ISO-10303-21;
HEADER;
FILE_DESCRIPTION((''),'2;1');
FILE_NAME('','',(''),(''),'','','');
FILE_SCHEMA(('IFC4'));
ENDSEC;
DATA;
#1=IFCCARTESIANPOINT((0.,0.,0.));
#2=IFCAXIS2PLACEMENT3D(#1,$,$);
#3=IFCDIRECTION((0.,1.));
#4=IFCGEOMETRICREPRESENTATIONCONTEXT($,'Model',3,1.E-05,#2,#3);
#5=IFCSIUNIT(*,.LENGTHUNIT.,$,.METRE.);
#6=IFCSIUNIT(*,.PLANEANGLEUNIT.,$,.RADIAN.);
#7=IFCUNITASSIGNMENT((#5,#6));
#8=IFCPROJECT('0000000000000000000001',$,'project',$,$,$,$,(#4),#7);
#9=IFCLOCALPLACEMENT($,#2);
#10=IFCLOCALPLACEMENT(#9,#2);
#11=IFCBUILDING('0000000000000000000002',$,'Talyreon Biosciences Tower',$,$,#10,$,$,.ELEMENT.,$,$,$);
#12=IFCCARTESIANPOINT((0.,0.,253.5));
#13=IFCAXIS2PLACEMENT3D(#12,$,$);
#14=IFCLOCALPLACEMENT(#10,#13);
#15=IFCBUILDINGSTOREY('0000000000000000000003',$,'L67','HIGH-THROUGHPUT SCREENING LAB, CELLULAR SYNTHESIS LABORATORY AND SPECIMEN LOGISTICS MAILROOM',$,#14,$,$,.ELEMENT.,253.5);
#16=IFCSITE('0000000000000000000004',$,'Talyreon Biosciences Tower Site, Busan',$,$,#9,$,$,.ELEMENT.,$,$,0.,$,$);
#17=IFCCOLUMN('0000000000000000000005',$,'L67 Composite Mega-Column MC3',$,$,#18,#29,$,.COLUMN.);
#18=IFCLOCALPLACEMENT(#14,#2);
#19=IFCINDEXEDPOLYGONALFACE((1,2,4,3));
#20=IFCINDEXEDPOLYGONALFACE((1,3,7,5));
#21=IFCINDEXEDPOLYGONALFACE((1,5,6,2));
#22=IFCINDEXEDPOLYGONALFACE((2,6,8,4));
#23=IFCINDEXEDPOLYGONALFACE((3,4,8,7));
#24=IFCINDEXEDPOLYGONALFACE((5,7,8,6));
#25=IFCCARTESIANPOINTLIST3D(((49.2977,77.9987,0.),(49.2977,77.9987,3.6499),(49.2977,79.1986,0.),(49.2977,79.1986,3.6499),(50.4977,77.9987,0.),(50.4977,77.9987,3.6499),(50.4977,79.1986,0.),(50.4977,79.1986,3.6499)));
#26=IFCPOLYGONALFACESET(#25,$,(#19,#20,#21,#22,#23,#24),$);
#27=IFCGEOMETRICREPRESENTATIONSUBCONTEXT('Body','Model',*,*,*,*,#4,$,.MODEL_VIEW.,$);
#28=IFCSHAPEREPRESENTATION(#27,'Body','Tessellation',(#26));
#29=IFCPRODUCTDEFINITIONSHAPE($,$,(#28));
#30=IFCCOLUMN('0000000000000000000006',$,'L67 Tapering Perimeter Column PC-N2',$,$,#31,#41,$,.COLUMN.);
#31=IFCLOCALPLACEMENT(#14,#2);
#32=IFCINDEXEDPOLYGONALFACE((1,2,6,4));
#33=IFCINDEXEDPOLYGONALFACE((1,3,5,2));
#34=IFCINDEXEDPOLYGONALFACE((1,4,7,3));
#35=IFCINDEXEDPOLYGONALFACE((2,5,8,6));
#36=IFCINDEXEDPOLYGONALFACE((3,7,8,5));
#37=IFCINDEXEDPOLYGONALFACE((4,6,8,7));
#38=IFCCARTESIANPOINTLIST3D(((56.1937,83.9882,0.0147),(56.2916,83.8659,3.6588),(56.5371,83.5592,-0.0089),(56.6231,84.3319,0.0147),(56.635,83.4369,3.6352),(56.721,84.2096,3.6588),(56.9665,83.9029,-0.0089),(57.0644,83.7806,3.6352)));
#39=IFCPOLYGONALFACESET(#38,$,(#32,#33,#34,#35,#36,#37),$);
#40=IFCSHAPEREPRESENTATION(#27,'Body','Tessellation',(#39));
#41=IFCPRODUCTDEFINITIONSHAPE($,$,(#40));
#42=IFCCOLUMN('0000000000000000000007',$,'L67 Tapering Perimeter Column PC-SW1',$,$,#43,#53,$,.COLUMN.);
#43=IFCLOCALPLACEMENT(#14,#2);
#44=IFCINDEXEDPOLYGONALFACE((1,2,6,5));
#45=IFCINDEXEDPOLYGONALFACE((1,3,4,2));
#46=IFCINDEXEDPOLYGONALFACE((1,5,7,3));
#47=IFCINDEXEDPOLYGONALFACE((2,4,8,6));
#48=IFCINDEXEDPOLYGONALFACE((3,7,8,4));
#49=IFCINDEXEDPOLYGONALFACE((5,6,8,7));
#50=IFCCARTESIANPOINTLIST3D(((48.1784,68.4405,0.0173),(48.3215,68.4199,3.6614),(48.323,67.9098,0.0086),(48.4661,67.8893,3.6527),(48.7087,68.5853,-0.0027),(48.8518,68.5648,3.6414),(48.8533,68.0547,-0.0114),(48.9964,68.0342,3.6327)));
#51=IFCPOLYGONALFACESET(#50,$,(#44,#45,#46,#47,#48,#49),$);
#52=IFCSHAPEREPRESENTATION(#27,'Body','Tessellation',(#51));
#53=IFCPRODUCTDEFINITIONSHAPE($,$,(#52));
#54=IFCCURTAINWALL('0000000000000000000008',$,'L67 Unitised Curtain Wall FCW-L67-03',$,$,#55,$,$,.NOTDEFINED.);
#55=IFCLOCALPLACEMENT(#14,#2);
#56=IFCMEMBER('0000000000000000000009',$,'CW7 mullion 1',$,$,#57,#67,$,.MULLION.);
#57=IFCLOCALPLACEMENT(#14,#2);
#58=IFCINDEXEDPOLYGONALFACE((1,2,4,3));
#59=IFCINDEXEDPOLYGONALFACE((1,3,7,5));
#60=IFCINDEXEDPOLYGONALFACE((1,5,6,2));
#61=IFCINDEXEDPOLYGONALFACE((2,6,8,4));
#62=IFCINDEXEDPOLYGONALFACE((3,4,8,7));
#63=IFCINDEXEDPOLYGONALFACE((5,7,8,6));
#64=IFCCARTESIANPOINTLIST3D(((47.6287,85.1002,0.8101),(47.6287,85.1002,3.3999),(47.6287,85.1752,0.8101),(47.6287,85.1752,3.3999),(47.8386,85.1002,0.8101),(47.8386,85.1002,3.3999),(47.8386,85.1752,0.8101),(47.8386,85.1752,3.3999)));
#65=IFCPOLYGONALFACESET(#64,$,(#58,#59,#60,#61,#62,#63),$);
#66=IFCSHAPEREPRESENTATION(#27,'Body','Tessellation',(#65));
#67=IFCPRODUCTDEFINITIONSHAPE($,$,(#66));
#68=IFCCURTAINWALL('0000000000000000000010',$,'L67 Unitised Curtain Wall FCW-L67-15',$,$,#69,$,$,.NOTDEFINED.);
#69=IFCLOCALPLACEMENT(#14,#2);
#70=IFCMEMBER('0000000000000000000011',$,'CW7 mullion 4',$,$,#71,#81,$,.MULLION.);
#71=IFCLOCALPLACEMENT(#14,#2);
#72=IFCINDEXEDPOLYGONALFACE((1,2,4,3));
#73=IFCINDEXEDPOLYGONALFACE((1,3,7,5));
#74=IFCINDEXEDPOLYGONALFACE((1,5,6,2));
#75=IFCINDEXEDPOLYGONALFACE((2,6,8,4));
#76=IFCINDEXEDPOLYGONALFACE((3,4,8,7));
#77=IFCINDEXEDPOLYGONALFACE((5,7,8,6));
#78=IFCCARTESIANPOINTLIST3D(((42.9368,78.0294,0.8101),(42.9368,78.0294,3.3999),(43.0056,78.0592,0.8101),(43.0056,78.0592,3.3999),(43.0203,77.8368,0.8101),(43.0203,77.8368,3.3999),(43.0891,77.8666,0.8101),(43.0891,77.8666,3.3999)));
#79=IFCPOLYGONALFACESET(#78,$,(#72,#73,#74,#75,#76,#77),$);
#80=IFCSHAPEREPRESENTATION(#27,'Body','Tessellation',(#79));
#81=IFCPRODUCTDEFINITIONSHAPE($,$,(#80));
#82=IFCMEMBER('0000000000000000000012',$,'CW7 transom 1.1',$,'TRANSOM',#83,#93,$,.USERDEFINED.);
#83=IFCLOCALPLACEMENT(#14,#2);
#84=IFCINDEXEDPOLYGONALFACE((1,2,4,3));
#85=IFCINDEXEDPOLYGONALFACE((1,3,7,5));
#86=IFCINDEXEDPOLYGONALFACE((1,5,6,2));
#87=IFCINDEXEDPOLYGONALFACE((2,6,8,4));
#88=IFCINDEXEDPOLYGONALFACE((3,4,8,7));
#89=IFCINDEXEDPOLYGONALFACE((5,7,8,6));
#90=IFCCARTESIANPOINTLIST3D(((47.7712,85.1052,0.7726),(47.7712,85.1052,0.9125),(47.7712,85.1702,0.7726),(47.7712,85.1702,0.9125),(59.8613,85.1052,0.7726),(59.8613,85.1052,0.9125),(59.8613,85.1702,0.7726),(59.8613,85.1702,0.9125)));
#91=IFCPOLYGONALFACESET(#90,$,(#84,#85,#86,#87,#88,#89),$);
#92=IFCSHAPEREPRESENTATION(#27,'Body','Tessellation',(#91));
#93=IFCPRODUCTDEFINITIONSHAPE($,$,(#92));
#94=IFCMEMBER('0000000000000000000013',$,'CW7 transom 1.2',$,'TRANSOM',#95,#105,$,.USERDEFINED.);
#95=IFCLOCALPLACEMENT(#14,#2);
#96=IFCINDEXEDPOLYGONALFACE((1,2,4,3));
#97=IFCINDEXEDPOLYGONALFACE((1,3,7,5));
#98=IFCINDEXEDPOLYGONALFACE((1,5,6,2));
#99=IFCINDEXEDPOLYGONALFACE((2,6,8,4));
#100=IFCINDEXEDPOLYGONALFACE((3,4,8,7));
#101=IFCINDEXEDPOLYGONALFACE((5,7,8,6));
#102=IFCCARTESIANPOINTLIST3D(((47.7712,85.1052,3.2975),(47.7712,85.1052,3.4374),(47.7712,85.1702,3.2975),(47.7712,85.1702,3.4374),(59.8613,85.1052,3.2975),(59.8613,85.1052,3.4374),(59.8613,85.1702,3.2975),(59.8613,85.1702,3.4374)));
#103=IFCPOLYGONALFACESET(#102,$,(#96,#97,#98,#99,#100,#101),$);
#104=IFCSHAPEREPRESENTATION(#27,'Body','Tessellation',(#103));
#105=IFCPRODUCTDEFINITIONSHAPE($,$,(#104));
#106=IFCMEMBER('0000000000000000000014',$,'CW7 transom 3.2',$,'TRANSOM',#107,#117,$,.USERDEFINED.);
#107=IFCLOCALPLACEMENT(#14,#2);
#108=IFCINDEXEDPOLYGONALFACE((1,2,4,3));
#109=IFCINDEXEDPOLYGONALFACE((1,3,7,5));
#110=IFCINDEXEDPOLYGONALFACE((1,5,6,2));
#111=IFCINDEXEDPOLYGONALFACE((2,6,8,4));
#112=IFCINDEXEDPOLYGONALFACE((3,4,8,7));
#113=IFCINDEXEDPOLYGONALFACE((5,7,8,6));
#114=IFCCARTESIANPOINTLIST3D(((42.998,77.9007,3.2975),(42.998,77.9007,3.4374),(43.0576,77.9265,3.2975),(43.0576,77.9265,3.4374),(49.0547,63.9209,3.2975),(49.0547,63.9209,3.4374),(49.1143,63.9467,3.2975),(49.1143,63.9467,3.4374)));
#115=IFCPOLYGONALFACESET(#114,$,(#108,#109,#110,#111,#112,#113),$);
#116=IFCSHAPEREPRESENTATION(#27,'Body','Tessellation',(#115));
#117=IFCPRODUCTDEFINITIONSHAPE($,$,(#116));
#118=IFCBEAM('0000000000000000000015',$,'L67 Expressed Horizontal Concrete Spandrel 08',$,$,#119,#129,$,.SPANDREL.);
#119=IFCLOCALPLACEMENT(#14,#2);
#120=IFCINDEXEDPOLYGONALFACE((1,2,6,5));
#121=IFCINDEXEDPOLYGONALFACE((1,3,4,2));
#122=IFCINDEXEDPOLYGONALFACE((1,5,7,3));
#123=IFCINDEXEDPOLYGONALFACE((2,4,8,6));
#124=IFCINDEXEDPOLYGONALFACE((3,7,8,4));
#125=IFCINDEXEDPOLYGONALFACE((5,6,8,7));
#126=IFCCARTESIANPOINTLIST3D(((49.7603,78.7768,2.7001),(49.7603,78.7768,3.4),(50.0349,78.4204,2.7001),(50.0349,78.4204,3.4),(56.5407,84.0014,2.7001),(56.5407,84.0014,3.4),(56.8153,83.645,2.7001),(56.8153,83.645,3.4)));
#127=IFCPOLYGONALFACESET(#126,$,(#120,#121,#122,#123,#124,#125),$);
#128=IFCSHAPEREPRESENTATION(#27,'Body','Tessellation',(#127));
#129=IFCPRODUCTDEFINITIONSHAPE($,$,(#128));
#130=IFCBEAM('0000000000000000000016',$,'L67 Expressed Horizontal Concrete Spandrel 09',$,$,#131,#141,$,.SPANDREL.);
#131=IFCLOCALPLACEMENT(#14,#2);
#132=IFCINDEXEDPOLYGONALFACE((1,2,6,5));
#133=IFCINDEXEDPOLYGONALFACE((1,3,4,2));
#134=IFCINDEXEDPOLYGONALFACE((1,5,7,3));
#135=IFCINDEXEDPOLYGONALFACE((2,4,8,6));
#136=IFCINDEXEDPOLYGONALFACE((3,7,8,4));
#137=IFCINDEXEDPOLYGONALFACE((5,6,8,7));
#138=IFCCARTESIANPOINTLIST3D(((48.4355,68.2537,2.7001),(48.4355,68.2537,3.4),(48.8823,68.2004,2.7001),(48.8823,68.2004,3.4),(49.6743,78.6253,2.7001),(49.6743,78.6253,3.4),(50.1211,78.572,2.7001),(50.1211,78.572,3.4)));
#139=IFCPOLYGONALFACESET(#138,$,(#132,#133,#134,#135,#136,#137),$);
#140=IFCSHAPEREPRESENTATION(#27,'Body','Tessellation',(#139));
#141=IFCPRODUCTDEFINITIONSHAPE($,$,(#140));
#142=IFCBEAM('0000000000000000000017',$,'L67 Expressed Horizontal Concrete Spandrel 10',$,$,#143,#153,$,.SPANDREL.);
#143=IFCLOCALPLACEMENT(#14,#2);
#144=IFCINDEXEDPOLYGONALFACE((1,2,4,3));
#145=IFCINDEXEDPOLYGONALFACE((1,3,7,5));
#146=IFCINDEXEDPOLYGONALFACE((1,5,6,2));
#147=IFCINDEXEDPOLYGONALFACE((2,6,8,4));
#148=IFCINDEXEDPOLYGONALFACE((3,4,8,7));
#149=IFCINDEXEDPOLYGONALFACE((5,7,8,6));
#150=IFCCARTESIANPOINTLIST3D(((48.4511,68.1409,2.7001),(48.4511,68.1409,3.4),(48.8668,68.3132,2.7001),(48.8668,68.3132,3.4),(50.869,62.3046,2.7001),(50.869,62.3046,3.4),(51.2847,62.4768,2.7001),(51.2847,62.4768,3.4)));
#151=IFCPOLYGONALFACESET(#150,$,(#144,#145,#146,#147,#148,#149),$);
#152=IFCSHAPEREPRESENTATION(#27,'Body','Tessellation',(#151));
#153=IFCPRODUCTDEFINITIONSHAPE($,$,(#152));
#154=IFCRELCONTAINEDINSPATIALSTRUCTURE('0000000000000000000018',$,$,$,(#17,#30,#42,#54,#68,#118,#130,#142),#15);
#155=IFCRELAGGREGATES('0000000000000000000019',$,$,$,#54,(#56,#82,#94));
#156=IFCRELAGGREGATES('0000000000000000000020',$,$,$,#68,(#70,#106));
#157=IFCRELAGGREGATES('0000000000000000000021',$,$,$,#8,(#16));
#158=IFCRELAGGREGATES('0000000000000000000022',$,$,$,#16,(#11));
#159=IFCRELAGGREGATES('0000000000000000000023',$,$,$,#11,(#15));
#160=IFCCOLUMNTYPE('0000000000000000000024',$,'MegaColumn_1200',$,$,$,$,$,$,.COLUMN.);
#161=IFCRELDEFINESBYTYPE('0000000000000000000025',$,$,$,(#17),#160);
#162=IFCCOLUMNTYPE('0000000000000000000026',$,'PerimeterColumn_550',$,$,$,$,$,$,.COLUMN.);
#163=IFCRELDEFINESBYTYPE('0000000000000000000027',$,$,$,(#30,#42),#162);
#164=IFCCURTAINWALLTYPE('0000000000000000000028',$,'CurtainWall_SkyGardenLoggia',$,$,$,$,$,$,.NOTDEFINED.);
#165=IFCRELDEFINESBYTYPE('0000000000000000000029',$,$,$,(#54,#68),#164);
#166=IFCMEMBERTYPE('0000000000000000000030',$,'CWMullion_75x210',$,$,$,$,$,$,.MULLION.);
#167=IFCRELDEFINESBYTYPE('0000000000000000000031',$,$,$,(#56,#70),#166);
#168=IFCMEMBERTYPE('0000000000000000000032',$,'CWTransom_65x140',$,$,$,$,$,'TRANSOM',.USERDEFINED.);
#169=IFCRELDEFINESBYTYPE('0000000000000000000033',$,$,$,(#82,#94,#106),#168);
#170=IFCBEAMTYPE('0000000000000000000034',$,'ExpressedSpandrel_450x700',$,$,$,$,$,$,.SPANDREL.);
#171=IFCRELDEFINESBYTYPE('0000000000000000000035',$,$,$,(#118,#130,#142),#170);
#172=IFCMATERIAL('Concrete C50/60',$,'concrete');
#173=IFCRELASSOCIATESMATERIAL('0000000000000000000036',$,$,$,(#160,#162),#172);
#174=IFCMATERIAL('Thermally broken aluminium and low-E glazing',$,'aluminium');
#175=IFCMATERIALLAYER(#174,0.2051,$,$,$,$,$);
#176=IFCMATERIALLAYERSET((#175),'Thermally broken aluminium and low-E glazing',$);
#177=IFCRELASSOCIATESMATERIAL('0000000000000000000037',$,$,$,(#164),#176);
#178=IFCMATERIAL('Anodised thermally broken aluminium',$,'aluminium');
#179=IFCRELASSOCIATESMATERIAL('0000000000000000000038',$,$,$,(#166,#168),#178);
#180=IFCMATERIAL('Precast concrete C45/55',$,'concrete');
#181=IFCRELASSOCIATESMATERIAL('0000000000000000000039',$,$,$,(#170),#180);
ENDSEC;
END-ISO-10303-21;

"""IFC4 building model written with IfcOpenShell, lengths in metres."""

from ifc_helpers import new_model, si_unit, direction, frame, origin, origin_2d, place, context, subcontext, project, spatial, rectangle, extrude, material, layer, layer_set, material_profile, profile_set, type_object, element, aggregate, save


model = new_model("IFC4")

# Units and contexts
model_context = context("Model", 3, precision=1e-05, world=origin(), true_north=direction((0.0, 1.0)))
body_context = subcontext(model_context, "Body", "Model", "MODEL_VIEW")
ifc_project = project(units=[si_unit("LENGTHUNIT", "METRE"), si_unit("PLANEANGLEUNIT", "RADIAN")], contexts=[model_context])

# Site, building, storey
site_placement = place(None, origin())
site = spatial("IfcSite", under=ifc_project, at=site_placement, Name="Talyreon Biosciences Tower Site, Busan", CompositionType="ELEMENT", RefElevation=0.0)
building_placement = place(site_placement, origin())
building = spatial("IfcBuilding", under=site, at=building_placement, Name="Talyreon Biosciences Tower", CompositionType="ELEMENT")
storey_placement = place(building_placement, frame((0.0, 0.0, 253.5)))
storey = spatial("IfcBuildingStorey", under=building, at=storey_placement, Name="L67", Description="HIGH-THROUGHPUT SCREENING LAB, CELLULAR SYNTHESIS LABORATORY AND SPECIMEN LOGISTICS MAILROOM", CompositionType="ELEMENT", Elevation=253.5)

# Columns
ifc_material_1 = material(Name="Concrete C50/60", Category="concrete")
ifc_material_profile_1 = material_profile(ifc_material_1, rectangle(XDim=1.2, YDim=1.2, at=origin_2d()), Name="RC 1200x1200")
ifc_profile_set_1 = profile_set([ifc_material_profile_1], Name="Concrete C50/60")
column_type_1 = type_object("IfcColumnType", Name="MegaColumn_1200", PredefinedType="COLUMN", material=ifc_profile_set_1)
column_1_placement = place(storey_placement, frame((49.8977, 78.5986, 0.0), z_axis=(0.0, 0.0, 1.0), x_axis=(1.0, 0.0, 0.0)))
element("IfcColumn", 1, at=column_1_placement, inside=storey, type_object=column_type_1, Name="L67 Composite Mega-Column MC3", PredefinedType="COLUMN", context=body_context, shape_type="SweptSolid", body=[
    extrude(rectangle(XDim=1.2, YDim=1.2, at=origin_2d()), origin(), (0.0, 0.0, 1.0), 3.6499),
])
ifc_material_profile_2 = material_profile(ifc_material_1, rectangle(XDim=0.55, YDim=0.55, at=origin_2d()), Name="RC 550x550")
ifc_profile_set_2 = profile_set([ifc_material_profile_2], Name="Concrete C50/60")
column_type_2 = type_object("IfcColumnType", Name="PerimeterColumn_550", PredefinedType="COLUMN", material=ifc_profile_set_2)
column_2_placement = place(storey_placement, frame((56.5801, 83.9456, 0.0029), z_axis=(0.026841, -0.033535, 0.999077), x_axis=(-0.780717, -0.624885, 0.0)))
element("IfcColumn", 2, at=column_2_placement, inside=storey, type_object=column_type_2, Name="L67 Tapering Perimeter Column PC-N2", PredefinedType="COLUMN", context=body_context, shape_type="SweptSolid", body=[
    extrude(rectangle(XDim=0.55, YDim=0.55, at=origin_2d()), origin(), (0.0, 0.0, 1.0), 3.6475),
])
column_3_placement = place(storey_placement, frame((48.5159, 68.2476, 0.0029), z_axis=(0.03923, -0.005623, 0.999214), x_axis=(0.964025, 0.263311, -0.036366)))
element("IfcColumn", 3, at=column_3_placement, inside=storey, type_object=column_type_2, Name="L67 Tapering Perimeter Column PC-SW1", PredefinedType="COLUMN", context=body_context, shape_type="SweptSolid", body=[
    extrude(rectangle(XDim=0.55, YDim=0.55, at=origin_2d()), origin(), (0.0, 0.0, 1.0), 3.647),
])

# Curtain walls, members
ifc_material_2 = material(Name="Thermally broken aluminium and low-E glazing", Category="aluminium")
ifc_layer_1 = layer(ifc_material_2, 0.2051)
ifc_layer_set_1 = layer_set([ifc_layer_1], Name="Thermally broken aluminium and low-E glazing")
curtain_wall_type = type_object("IfcCurtainWallType", Name="CurtainWall_SkyGardenLoggia", PredefinedType="NOTDEFINED", material=ifc_layer_set_1)
curtain_wall_1_placement = place(storey_placement, origin())
curtain_wall_1 = element("IfcCurtainWall", 4, at=curtain_wall_1_placement, inside=storey, type_object=curtain_wall_type, Name="L67 Unitised Curtain Wall FCW-L67-03", PredefinedType="NOTDEFINED")
ifc_material_3 = material(Name="Anodised thermally broken aluminium", Category="aluminium")
ifc_material_profile_3 = material_profile(ifc_material_3, rectangle(XDim=0.075, YDim=0.21, at=origin_2d()), Name="ALUM MULLION 75x210")
ifc_profile_set_3 = profile_set([ifc_material_profile_3], Name="Anodised thermally broken aluminium")
member_type_1 = type_object("IfcMemberType", Name="CWMullion_75x210", PredefinedType="MULLION", material=ifc_profile_set_3)
member_1_placement = place(storey_placement, frame((47.7336, 85.1377, 0.8101), z_axis=(0.0, 0.0, 1.0), x_axis=(0.0, 1.0, 0.0)))
member_1 = element("IfcMember", 5, at=member_1_placement, type_object=member_type_1, Name="CW7 mullion 1", PredefinedType="MULLION", context=body_context, shape_type="SweptSolid", body=[
    extrude(rectangle(XDim=0.075, YDim=0.21, at=origin_2d()), origin(), (0.0, 0.0, 1.0), 2.5898),
])
curtain_wall_2_placement = place(storey_placement, origin())
curtain_wall_2 = element("IfcCurtainWall", 6, at=curtain_wall_2_placement, inside=storey, type_object=curtain_wall_type, Name="L67 Unitised Curtain Wall FCW-L67-15", PredefinedType="NOTDEFINED")
member_2_placement = place(storey_placement, frame((43.0129, 77.948, 0.8101), z_axis=(0.0, 0.0, 1.0), x_axis=(-0.917586, -0.397537, 0.0)))
member_2 = element("IfcMember", 7, at=member_2_placement, type_object=member_type_1, Name="CW7 mullion 4", PredefinedType="MULLION", context=body_context, shape_type="SweptSolid", body=[
    extrude(rectangle(XDim=0.075, YDim=0.21, at=origin_2d()), origin(), (0.0, 0.0, 1.0), 2.5898),
])

# Members
ifc_material_profile_4 = material_profile(ifc_material_3, rectangle(XDim=0.0649, YDim=0.1399, at=origin_2d()), Name="ALUM TRANSOM 65x140")
ifc_profile_set_4 = profile_set([ifc_material_profile_4], Name="Anodised thermally broken aluminium")
member_type_2 = type_object("IfcMemberType", Name="CWTransom_65x140", ElementType="TRANSOM", PredefinedType="USERDEFINED", material=ifc_profile_set_4)
member_3_placement = place(storey_placement, frame((47.7712, 85.1377, 0.8425), z_axis=(1.0, 0.0, 0.0), x_axis=(0.0, 1.0, 0.0)))
member_3 = element("IfcMember", 8, at=member_3_placement, type_object=member_type_2, Name="CW7 transom 1.1", ObjectType="TRANSOM", PredefinedType="USERDEFINED", context=body_context, shape_type="SweptSolid", body=[
    extrude(rectangle(XDim=0.0649, YDim=0.1399, at=origin_2d()), origin(), (0.0, 0.0, 1.0), 12.0901),
])
member_4_placement = place(storey_placement, frame((47.7712, 85.1377, 3.3674), z_axis=(1.0, 0.0, 0.0), x_axis=(0.0, 1.0, 0.0)))
member_4 = element("IfcMember", 9, at=member_4_placement, type_object=member_type_2, Name="CW7 transom 1.2", ObjectType="TRANSOM", PredefinedType="USERDEFINED", context=body_context, shape_type="SweptSolid", body=[
    extrude(rectangle(XDim=0.0649, YDim=0.1399, at=origin_2d()), origin(), (0.0, 0.0, 1.0), 12.0901),
])
member_5_placement = place(storey_placement, frame((49.0845, 63.9338, 3.3674), z_axis=(-0.397539, 0.917585, 0.0), x_axis=(-0.917585, -0.397539, 0.0)))
member_5 = element("IfcMember", 10, at=member_5_placement, type_object=member_type_2, Name="CW7 transom 3.2", ObjectType="TRANSOM", PredefinedType="USERDEFINED", context=body_context, shape_type="SweptSolid", body=[
    extrude(rectangle(XDim=0.0649, YDim=0.1399, at=origin_2d()), origin(), (0.0, 0.0, 1.0), 15.2354),
])

# Beams
ifc_material_4 = material(Name="Precast concrete C45/55", Category="concrete")
ifc_material_profile_5 = material_profile(ifc_material_4, rectangle(XDim=0.45, YDim=0.7, at=origin_2d()), Name="RCB 450x700")
ifc_profile_set_5 = profile_set([ifc_material_profile_5], Name="Precast concrete C45/55")
beam_type_1 = type_object("IfcBeamType", Name="ExpressedSpandrel_450x700", PredefinedType="SPANDREL", material=ifc_profile_set_5)
beam_1_placement = place(storey_placement, frame((56.678, 83.8232, 3.05), z_axis=(-0.792115, -0.610372, 0.0), x_axis=(0.610372, -0.792115, 0.0)))
element("IfcBeam", 11, at=beam_1_placement, inside=storey, type_object=beam_type_1, Name="L67 Expressed Horizontal Concrete Spandrel 08", PredefinedType="SPANDREL", context=body_context, shape_type="SweptSolid", body=[
    extrude(rectangle(XDim=0.45, YDim=0.7, at=origin_2d()), origin(), (0.0, 0.0, 1.0), 8.5598),
])
beam_2_placement = place(storey_placement, frame((49.8977, 78.5986, 3.05), z_axis=(-0.118596, -0.992943, 0.0), x_axis=(0.992943, -0.118596, 0.0)))
element("IfcBeam", 12, at=beam_2_placement, inside=storey, type_object=beam_type_1, Name="L67 Expressed Horizontal Concrete Spandrel 09", PredefinedType="SPANDREL", context=body_context, shape_type="SweptSolid", body=[
    extrude(rectangle(XDim=0.45, YDim=0.7, at=origin_2d()), origin(), (0.0, 0.0, 1.0), 10.4453),
])
beam_3_placement = place(storey_placement, frame((48.6589, 68.2271, 3.05), z_axis=(0.382743, -0.923855, 0.0), x_axis=(0.923855, 0.382743, 0.0)))
element("IfcBeam", 13, at=beam_3_placement, inside=storey, type_object=beam_type_1, Name="L67 Expressed Horizontal Concrete Spandrel 10", PredefinedType="SPANDREL", context=body_context, shape_type="SweptSolid", body=[
    extrude(rectangle(XDim=0.45, YDim=0.7, at=origin_2d()), origin(), (0.0, 0.0, 1.0), 6.3174),
])

aggregate(curtain_wall_1, [member_1, member_3, member_4])
aggregate(curtain_wall_2, [member_2, member_5])

save(model, "model.ifc")
